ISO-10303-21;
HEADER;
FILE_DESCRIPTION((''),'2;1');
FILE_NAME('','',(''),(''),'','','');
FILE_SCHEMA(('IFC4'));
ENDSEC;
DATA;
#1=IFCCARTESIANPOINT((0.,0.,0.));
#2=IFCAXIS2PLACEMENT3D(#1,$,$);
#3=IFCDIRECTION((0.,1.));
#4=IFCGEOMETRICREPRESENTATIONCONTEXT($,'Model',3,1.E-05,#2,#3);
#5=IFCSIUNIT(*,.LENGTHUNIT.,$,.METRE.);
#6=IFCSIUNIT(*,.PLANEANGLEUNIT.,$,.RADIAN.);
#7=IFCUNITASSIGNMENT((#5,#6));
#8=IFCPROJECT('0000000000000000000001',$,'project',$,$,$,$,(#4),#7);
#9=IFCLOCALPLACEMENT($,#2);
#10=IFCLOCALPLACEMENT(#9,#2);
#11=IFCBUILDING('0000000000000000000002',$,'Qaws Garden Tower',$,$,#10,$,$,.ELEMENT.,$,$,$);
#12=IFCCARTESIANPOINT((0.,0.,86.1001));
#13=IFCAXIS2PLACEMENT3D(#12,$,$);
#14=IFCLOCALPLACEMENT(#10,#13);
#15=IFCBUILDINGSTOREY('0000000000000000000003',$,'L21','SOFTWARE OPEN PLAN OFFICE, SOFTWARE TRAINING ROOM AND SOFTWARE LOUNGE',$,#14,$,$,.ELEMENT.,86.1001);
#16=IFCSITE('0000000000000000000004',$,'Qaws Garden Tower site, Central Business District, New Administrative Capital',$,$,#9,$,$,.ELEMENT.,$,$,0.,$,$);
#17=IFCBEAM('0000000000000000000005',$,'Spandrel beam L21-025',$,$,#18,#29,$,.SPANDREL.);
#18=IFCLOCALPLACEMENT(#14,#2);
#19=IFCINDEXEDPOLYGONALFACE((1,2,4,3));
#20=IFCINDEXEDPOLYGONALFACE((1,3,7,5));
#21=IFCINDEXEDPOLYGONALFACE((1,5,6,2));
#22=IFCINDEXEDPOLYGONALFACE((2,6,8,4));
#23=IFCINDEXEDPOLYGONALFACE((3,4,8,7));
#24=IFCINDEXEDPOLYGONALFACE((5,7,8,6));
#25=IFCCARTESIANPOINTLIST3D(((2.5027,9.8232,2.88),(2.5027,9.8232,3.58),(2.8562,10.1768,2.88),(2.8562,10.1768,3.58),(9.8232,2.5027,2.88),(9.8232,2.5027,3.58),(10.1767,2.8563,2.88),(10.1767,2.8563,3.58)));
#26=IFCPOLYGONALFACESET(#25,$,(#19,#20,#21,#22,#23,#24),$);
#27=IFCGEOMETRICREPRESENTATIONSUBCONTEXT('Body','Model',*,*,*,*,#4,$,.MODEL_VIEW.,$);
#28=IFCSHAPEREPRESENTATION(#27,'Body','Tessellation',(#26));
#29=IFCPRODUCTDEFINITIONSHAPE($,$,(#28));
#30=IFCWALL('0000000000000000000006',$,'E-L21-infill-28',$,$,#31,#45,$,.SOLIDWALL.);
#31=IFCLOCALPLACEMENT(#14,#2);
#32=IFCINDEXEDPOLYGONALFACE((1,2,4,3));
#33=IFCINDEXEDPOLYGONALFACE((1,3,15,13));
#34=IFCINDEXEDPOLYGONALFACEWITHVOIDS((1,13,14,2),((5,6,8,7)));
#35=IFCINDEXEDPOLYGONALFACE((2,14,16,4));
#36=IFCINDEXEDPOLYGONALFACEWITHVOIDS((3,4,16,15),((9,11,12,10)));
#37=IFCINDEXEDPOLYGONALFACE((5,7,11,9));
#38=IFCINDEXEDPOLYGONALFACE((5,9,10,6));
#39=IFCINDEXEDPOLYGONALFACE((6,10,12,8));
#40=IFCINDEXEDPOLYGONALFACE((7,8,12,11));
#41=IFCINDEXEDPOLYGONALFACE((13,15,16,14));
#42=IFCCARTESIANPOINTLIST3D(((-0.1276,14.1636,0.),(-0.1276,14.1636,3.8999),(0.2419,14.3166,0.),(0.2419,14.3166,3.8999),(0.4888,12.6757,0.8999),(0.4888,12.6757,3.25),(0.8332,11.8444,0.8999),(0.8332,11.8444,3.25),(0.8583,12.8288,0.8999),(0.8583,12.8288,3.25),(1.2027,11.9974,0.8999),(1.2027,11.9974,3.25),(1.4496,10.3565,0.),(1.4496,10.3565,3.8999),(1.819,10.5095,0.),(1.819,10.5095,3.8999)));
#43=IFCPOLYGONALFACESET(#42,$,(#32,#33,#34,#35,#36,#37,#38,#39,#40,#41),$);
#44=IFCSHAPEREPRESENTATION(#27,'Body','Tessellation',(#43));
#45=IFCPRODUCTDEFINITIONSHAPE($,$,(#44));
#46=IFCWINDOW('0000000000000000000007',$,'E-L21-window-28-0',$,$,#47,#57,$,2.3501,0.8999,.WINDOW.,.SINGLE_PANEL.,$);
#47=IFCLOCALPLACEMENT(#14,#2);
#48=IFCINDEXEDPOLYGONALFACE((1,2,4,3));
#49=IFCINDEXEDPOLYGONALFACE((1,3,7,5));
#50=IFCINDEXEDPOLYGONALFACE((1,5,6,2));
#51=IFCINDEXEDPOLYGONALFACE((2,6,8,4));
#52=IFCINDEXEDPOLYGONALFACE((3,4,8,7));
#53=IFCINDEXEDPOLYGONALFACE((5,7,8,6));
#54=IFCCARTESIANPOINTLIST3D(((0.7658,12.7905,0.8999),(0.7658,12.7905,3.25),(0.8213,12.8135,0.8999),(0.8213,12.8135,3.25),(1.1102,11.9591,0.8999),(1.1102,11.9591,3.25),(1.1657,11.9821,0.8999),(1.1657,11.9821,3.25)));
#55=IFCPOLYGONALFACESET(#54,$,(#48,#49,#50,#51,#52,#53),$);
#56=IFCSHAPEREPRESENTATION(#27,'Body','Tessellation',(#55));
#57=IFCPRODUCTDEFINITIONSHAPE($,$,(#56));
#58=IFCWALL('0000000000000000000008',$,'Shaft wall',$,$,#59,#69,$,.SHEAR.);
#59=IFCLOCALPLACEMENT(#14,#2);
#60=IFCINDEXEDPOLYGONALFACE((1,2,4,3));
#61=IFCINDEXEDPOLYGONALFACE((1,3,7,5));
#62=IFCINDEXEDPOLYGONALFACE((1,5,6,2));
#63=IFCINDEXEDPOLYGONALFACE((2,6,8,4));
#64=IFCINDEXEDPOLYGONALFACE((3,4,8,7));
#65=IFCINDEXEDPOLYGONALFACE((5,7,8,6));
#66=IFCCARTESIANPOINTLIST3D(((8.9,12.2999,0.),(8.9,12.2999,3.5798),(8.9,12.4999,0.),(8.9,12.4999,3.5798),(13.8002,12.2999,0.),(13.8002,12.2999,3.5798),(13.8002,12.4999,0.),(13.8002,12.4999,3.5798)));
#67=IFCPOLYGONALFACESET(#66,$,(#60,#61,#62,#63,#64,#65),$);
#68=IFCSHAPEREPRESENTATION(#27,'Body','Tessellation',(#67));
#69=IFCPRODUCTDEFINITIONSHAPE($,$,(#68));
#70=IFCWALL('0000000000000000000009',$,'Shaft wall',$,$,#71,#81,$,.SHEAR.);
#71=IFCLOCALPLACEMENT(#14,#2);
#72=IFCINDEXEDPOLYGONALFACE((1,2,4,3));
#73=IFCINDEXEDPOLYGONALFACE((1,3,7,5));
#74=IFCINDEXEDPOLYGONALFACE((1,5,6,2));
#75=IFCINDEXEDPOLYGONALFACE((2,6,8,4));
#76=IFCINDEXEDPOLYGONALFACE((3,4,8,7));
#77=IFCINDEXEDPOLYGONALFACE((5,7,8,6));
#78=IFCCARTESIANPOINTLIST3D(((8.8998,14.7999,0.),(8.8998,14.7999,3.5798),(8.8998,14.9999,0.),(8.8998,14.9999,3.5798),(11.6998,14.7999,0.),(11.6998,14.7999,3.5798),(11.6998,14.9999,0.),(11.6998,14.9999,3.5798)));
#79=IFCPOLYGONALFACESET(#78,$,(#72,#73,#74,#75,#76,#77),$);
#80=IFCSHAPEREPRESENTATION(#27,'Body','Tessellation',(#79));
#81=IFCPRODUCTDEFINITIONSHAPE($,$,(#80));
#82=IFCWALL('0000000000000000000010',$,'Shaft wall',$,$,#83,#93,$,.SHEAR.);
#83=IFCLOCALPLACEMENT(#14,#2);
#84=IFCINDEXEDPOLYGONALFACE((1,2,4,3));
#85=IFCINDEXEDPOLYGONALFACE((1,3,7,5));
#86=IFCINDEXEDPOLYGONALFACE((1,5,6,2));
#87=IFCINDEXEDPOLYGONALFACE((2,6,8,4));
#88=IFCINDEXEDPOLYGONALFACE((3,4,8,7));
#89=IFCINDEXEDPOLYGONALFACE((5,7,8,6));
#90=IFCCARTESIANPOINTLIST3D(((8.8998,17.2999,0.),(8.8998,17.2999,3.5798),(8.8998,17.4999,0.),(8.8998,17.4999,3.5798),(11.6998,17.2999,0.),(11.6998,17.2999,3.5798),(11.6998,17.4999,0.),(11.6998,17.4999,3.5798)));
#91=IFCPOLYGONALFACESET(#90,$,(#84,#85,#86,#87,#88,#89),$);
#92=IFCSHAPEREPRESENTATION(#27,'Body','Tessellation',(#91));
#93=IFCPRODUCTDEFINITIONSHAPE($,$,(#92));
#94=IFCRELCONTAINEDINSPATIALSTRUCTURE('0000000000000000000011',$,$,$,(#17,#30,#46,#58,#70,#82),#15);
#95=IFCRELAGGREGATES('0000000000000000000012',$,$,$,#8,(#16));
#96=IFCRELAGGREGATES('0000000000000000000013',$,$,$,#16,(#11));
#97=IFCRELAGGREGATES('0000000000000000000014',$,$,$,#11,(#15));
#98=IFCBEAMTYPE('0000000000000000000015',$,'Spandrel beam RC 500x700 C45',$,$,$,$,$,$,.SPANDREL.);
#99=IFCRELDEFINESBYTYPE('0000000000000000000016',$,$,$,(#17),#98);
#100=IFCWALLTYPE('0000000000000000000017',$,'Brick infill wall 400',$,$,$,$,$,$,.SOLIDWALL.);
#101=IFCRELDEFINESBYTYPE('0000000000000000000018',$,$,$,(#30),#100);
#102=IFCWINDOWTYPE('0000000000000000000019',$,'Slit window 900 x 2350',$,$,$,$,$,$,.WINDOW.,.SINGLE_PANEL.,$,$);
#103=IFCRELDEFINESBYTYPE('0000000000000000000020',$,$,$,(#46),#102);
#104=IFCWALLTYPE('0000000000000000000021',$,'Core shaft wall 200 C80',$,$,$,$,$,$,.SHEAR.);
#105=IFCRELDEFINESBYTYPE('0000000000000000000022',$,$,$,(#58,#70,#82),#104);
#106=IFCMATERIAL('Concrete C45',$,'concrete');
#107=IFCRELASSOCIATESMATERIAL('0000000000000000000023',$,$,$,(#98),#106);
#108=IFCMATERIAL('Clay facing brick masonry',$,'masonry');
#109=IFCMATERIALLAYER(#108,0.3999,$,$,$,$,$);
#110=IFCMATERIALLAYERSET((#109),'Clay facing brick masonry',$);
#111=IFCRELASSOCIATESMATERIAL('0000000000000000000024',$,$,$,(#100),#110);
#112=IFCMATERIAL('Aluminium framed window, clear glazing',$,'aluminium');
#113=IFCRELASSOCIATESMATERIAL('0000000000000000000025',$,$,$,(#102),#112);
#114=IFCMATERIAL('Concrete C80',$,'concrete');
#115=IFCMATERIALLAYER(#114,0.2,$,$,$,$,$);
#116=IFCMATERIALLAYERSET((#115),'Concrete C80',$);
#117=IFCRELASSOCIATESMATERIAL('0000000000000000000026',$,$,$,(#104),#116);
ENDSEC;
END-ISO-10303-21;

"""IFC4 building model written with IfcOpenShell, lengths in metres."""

from ifc_helpers import new_model, si_unit, direction, frame, frame_2d, origin, origin_2d, place, context, subcontext, project, spatial, rectangle, extrude, material, layer, layer_set, material_profile, profile_set, type_object, element, fill, save


model = new_model("IFC4")

# Units and contexts
model_context = context("Model", 3, precision=1e-05, world=origin(), true_north=direction((0.0, 1.0)))
body_context = subcontext(model_context, "Body", "Model", "MODEL_VIEW")
ifc_project = project(units=[si_unit("LENGTHUNIT", "METRE"), si_unit("PLANEANGLEUNIT", "RADIAN")], contexts=[model_context])

# Site, building, storey
site_placement = place(None, origin())
site = spatial("IfcSite", under=ifc_project, at=site_placement, Name="Qaws Garden Tower site, Central Business District, New Administrative Capital", CompositionType="ELEMENT", RefElevation=0.0)
building_placement = place(site_placement, origin())
building = spatial("IfcBuilding", under=site, at=building_placement, Name="Qaws Garden Tower", CompositionType="ELEMENT")
storey_placement = place(building_placement, frame((0.0, 0.0, 86.1001)))
storey = spatial("IfcBuildingStorey", under=building, at=storey_placement, Name="L21", Description="SOFTWARE OPEN PLAN OFFICE, SOFTWARE TRAINING ROOM AND SOFTWARE LOUNGE", CompositionType="ELEMENT", Elevation=86.1001)

# Beam
ifc_material_1 = material(Name="Concrete C45", Category="concrete")
ifc_material_profile = material_profile(ifc_material_1, rectangle(XDim=0.5, YDim=0.7, at=origin_2d()), Name="RC 500x700")
ifc_profile_set = profile_set([ifc_material_profile], Name="Concrete C45")
beam_type = type_object("IfcBeamType", Name="Spandrel beam RC 500x700 C45", PredefinedType="SPANDREL", material=ifc_profile_set)
beam_placement = place(storey_placement, frame((2.6794, 10.0, 3.23), z_axis=(0.707107, -0.707107, 0.0), x_axis=(0.707107, 0.707107, 0.0)))
element("IfcBeam", 1, at=beam_placement, inside=storey, type_object=beam_type, Name="Spandrel beam L21-025", PredefinedType="SPANDREL", context=body_context, shape_type="SweptSolid", body=[
    extrude(rectangle(XDim=0.5, YDim=0.7, at=origin_2d()), origin(), (0.0, 0.0, 1.0), 10.3528),
])

# Wall, opening, window
ifc_material_2 = material(Name="Clay facing brick masonry", Category="masonry")
ifc_layer_1 = layer(ifc_material_2, 0.3999)
ifc_layer_set_1 = layer_set([ifc_layer_1], Name="Clay facing brick masonry")
wall_type_1 = type_object("IfcWallType", Name="Brick infill wall 400", PredefinedType="SOLIDWALL", material=ifc_layer_set_1)
wall_1_placement = place(storey_placement, frame((0.0571, 14.2402, 0.0), z_axis=(0.0, 0.0, 1.0), x_axis=(0.382722, -0.923864, 0.0)))
wall_1 = element("IfcWall", 2, at=wall_1_placement, inside=storey, type_object=wall_type_1, Name="E-L21-infill-28", PredefinedType="SOLIDWALL", context=body_context, shape_type="SweptSolid", body=[
    extrude(rectangle(XDim=4.1208, YDim=0.3999, at=frame_2d((2.0605, 0.0))), origin(), (0.0, 0.0, 1.0), 3.8999),
])
opening_placement = place(wall_1_placement, frame((1.6106, 0.0, 0.8999)))
opening = element("IfcOpeningElement", 3, at=opening_placement, cuts=wall_1, PredefinedType="OPENING", context=body_context, shape_type="SweptSolid", body=[
    extrude(rectangle(XDim=0.8999, YDim=2.3501, at=frame_2d((0.45, 1.175))), frame((0.0, 0.21, 0.0), z_axis=(0.0, -1.0, 0.0), x_axis=(1.0, 0.0, 0.0)), (0.0, 0.0, 1.0), 0.4199),
])
ifc_material_3 = material(Name="Aluminium framed window, clear glazing", Category="aluminium")
window_type = type_object("IfcWindowType", Name="Slit window 900 x 2350", PartitioningType="SINGLE_PANEL", PredefinedType="WINDOW", material=ifc_material_3)
window_placement = place(opening_placement, origin())
window = element("IfcWindow", 4, at=window_placement, inside=storey, type_object=window_type, Name="E-L21-window-28-0", OverallHeight=2.3501, OverallWidth=0.8999, PartitioningType="SINGLE_PANEL", PredefinedType="WINDOW", context=body_context, shape_type="SweptSolid", body=[
    extrude(rectangle(XDim=0.8999, YDim=2.3501, at=frame_2d((0.45, 1.175))), frame((0.0, 0.1599, 0.0), z_axis=(0.0, -1.0, 0.0), x_axis=(1.0, 0.0, 0.0)), (0.0, 0.0, 1.0), 0.0601),
])
fill(opening, window)

# Walls
ifc_material_4 = material(Name="Concrete C80", Category="concrete")
ifc_layer_2 = layer(ifc_material_4, 0.2)
ifc_layer_set_2 = layer_set([ifc_layer_2], Name="Concrete C80")
wall_type_2 = type_object("IfcWallType", Name="Core shaft wall 200 C80", PredefinedType="SHEAR", material=ifc_layer_set_2)
wall_2_placement = place(storey_placement, frame((8.8999, 12.3999, 0.0), z_axis=(0.0, 0.0, 1.0), x_axis=(1.0, 0.0, 0.0)))
element("IfcWall", 5, at=wall_2_placement, inside=storey, type_object=wall_type_2, Name="Shaft wall", PredefinedType="SHEAR", context=body_context, shape_type="SweptSolid", body=[
    extrude(rectangle(XDim=4.9001, YDim=0.2, at=frame_2d((2.4502, 0.0))), origin(), (0.0, 0.0, 1.0), 3.5798),
])
for number, where, z_axis, x_axis, name in (
    (6, (8.8999, 14.8999, 0.0), (0.0, 0.0, 1.0), (1.0, 0.0, 0.0), "Shaft wall"),
    (7, (8.8999, 17.3999, 0.0), (0.0, 0.0, 1.0), (1.0, 0.0, 0.0), "Shaft wall"),
):
    element("IfcWall", number, at=place(storey_placement, frame(where, z_axis=z_axis, x_axis=x_axis)), inside=storey, type_object=wall_type_2, Name=name, PredefinedType="SHEAR", context=body_context, shape_type="SweptSolid", body=[
        extrude(rectangle(XDim=2.8, YDim=0.2, at=frame_2d((1.3999, 0.0))), origin(), (0.0, 0.0, 1.0), 3.5798),
    ])

save(model, "model.ifc")
